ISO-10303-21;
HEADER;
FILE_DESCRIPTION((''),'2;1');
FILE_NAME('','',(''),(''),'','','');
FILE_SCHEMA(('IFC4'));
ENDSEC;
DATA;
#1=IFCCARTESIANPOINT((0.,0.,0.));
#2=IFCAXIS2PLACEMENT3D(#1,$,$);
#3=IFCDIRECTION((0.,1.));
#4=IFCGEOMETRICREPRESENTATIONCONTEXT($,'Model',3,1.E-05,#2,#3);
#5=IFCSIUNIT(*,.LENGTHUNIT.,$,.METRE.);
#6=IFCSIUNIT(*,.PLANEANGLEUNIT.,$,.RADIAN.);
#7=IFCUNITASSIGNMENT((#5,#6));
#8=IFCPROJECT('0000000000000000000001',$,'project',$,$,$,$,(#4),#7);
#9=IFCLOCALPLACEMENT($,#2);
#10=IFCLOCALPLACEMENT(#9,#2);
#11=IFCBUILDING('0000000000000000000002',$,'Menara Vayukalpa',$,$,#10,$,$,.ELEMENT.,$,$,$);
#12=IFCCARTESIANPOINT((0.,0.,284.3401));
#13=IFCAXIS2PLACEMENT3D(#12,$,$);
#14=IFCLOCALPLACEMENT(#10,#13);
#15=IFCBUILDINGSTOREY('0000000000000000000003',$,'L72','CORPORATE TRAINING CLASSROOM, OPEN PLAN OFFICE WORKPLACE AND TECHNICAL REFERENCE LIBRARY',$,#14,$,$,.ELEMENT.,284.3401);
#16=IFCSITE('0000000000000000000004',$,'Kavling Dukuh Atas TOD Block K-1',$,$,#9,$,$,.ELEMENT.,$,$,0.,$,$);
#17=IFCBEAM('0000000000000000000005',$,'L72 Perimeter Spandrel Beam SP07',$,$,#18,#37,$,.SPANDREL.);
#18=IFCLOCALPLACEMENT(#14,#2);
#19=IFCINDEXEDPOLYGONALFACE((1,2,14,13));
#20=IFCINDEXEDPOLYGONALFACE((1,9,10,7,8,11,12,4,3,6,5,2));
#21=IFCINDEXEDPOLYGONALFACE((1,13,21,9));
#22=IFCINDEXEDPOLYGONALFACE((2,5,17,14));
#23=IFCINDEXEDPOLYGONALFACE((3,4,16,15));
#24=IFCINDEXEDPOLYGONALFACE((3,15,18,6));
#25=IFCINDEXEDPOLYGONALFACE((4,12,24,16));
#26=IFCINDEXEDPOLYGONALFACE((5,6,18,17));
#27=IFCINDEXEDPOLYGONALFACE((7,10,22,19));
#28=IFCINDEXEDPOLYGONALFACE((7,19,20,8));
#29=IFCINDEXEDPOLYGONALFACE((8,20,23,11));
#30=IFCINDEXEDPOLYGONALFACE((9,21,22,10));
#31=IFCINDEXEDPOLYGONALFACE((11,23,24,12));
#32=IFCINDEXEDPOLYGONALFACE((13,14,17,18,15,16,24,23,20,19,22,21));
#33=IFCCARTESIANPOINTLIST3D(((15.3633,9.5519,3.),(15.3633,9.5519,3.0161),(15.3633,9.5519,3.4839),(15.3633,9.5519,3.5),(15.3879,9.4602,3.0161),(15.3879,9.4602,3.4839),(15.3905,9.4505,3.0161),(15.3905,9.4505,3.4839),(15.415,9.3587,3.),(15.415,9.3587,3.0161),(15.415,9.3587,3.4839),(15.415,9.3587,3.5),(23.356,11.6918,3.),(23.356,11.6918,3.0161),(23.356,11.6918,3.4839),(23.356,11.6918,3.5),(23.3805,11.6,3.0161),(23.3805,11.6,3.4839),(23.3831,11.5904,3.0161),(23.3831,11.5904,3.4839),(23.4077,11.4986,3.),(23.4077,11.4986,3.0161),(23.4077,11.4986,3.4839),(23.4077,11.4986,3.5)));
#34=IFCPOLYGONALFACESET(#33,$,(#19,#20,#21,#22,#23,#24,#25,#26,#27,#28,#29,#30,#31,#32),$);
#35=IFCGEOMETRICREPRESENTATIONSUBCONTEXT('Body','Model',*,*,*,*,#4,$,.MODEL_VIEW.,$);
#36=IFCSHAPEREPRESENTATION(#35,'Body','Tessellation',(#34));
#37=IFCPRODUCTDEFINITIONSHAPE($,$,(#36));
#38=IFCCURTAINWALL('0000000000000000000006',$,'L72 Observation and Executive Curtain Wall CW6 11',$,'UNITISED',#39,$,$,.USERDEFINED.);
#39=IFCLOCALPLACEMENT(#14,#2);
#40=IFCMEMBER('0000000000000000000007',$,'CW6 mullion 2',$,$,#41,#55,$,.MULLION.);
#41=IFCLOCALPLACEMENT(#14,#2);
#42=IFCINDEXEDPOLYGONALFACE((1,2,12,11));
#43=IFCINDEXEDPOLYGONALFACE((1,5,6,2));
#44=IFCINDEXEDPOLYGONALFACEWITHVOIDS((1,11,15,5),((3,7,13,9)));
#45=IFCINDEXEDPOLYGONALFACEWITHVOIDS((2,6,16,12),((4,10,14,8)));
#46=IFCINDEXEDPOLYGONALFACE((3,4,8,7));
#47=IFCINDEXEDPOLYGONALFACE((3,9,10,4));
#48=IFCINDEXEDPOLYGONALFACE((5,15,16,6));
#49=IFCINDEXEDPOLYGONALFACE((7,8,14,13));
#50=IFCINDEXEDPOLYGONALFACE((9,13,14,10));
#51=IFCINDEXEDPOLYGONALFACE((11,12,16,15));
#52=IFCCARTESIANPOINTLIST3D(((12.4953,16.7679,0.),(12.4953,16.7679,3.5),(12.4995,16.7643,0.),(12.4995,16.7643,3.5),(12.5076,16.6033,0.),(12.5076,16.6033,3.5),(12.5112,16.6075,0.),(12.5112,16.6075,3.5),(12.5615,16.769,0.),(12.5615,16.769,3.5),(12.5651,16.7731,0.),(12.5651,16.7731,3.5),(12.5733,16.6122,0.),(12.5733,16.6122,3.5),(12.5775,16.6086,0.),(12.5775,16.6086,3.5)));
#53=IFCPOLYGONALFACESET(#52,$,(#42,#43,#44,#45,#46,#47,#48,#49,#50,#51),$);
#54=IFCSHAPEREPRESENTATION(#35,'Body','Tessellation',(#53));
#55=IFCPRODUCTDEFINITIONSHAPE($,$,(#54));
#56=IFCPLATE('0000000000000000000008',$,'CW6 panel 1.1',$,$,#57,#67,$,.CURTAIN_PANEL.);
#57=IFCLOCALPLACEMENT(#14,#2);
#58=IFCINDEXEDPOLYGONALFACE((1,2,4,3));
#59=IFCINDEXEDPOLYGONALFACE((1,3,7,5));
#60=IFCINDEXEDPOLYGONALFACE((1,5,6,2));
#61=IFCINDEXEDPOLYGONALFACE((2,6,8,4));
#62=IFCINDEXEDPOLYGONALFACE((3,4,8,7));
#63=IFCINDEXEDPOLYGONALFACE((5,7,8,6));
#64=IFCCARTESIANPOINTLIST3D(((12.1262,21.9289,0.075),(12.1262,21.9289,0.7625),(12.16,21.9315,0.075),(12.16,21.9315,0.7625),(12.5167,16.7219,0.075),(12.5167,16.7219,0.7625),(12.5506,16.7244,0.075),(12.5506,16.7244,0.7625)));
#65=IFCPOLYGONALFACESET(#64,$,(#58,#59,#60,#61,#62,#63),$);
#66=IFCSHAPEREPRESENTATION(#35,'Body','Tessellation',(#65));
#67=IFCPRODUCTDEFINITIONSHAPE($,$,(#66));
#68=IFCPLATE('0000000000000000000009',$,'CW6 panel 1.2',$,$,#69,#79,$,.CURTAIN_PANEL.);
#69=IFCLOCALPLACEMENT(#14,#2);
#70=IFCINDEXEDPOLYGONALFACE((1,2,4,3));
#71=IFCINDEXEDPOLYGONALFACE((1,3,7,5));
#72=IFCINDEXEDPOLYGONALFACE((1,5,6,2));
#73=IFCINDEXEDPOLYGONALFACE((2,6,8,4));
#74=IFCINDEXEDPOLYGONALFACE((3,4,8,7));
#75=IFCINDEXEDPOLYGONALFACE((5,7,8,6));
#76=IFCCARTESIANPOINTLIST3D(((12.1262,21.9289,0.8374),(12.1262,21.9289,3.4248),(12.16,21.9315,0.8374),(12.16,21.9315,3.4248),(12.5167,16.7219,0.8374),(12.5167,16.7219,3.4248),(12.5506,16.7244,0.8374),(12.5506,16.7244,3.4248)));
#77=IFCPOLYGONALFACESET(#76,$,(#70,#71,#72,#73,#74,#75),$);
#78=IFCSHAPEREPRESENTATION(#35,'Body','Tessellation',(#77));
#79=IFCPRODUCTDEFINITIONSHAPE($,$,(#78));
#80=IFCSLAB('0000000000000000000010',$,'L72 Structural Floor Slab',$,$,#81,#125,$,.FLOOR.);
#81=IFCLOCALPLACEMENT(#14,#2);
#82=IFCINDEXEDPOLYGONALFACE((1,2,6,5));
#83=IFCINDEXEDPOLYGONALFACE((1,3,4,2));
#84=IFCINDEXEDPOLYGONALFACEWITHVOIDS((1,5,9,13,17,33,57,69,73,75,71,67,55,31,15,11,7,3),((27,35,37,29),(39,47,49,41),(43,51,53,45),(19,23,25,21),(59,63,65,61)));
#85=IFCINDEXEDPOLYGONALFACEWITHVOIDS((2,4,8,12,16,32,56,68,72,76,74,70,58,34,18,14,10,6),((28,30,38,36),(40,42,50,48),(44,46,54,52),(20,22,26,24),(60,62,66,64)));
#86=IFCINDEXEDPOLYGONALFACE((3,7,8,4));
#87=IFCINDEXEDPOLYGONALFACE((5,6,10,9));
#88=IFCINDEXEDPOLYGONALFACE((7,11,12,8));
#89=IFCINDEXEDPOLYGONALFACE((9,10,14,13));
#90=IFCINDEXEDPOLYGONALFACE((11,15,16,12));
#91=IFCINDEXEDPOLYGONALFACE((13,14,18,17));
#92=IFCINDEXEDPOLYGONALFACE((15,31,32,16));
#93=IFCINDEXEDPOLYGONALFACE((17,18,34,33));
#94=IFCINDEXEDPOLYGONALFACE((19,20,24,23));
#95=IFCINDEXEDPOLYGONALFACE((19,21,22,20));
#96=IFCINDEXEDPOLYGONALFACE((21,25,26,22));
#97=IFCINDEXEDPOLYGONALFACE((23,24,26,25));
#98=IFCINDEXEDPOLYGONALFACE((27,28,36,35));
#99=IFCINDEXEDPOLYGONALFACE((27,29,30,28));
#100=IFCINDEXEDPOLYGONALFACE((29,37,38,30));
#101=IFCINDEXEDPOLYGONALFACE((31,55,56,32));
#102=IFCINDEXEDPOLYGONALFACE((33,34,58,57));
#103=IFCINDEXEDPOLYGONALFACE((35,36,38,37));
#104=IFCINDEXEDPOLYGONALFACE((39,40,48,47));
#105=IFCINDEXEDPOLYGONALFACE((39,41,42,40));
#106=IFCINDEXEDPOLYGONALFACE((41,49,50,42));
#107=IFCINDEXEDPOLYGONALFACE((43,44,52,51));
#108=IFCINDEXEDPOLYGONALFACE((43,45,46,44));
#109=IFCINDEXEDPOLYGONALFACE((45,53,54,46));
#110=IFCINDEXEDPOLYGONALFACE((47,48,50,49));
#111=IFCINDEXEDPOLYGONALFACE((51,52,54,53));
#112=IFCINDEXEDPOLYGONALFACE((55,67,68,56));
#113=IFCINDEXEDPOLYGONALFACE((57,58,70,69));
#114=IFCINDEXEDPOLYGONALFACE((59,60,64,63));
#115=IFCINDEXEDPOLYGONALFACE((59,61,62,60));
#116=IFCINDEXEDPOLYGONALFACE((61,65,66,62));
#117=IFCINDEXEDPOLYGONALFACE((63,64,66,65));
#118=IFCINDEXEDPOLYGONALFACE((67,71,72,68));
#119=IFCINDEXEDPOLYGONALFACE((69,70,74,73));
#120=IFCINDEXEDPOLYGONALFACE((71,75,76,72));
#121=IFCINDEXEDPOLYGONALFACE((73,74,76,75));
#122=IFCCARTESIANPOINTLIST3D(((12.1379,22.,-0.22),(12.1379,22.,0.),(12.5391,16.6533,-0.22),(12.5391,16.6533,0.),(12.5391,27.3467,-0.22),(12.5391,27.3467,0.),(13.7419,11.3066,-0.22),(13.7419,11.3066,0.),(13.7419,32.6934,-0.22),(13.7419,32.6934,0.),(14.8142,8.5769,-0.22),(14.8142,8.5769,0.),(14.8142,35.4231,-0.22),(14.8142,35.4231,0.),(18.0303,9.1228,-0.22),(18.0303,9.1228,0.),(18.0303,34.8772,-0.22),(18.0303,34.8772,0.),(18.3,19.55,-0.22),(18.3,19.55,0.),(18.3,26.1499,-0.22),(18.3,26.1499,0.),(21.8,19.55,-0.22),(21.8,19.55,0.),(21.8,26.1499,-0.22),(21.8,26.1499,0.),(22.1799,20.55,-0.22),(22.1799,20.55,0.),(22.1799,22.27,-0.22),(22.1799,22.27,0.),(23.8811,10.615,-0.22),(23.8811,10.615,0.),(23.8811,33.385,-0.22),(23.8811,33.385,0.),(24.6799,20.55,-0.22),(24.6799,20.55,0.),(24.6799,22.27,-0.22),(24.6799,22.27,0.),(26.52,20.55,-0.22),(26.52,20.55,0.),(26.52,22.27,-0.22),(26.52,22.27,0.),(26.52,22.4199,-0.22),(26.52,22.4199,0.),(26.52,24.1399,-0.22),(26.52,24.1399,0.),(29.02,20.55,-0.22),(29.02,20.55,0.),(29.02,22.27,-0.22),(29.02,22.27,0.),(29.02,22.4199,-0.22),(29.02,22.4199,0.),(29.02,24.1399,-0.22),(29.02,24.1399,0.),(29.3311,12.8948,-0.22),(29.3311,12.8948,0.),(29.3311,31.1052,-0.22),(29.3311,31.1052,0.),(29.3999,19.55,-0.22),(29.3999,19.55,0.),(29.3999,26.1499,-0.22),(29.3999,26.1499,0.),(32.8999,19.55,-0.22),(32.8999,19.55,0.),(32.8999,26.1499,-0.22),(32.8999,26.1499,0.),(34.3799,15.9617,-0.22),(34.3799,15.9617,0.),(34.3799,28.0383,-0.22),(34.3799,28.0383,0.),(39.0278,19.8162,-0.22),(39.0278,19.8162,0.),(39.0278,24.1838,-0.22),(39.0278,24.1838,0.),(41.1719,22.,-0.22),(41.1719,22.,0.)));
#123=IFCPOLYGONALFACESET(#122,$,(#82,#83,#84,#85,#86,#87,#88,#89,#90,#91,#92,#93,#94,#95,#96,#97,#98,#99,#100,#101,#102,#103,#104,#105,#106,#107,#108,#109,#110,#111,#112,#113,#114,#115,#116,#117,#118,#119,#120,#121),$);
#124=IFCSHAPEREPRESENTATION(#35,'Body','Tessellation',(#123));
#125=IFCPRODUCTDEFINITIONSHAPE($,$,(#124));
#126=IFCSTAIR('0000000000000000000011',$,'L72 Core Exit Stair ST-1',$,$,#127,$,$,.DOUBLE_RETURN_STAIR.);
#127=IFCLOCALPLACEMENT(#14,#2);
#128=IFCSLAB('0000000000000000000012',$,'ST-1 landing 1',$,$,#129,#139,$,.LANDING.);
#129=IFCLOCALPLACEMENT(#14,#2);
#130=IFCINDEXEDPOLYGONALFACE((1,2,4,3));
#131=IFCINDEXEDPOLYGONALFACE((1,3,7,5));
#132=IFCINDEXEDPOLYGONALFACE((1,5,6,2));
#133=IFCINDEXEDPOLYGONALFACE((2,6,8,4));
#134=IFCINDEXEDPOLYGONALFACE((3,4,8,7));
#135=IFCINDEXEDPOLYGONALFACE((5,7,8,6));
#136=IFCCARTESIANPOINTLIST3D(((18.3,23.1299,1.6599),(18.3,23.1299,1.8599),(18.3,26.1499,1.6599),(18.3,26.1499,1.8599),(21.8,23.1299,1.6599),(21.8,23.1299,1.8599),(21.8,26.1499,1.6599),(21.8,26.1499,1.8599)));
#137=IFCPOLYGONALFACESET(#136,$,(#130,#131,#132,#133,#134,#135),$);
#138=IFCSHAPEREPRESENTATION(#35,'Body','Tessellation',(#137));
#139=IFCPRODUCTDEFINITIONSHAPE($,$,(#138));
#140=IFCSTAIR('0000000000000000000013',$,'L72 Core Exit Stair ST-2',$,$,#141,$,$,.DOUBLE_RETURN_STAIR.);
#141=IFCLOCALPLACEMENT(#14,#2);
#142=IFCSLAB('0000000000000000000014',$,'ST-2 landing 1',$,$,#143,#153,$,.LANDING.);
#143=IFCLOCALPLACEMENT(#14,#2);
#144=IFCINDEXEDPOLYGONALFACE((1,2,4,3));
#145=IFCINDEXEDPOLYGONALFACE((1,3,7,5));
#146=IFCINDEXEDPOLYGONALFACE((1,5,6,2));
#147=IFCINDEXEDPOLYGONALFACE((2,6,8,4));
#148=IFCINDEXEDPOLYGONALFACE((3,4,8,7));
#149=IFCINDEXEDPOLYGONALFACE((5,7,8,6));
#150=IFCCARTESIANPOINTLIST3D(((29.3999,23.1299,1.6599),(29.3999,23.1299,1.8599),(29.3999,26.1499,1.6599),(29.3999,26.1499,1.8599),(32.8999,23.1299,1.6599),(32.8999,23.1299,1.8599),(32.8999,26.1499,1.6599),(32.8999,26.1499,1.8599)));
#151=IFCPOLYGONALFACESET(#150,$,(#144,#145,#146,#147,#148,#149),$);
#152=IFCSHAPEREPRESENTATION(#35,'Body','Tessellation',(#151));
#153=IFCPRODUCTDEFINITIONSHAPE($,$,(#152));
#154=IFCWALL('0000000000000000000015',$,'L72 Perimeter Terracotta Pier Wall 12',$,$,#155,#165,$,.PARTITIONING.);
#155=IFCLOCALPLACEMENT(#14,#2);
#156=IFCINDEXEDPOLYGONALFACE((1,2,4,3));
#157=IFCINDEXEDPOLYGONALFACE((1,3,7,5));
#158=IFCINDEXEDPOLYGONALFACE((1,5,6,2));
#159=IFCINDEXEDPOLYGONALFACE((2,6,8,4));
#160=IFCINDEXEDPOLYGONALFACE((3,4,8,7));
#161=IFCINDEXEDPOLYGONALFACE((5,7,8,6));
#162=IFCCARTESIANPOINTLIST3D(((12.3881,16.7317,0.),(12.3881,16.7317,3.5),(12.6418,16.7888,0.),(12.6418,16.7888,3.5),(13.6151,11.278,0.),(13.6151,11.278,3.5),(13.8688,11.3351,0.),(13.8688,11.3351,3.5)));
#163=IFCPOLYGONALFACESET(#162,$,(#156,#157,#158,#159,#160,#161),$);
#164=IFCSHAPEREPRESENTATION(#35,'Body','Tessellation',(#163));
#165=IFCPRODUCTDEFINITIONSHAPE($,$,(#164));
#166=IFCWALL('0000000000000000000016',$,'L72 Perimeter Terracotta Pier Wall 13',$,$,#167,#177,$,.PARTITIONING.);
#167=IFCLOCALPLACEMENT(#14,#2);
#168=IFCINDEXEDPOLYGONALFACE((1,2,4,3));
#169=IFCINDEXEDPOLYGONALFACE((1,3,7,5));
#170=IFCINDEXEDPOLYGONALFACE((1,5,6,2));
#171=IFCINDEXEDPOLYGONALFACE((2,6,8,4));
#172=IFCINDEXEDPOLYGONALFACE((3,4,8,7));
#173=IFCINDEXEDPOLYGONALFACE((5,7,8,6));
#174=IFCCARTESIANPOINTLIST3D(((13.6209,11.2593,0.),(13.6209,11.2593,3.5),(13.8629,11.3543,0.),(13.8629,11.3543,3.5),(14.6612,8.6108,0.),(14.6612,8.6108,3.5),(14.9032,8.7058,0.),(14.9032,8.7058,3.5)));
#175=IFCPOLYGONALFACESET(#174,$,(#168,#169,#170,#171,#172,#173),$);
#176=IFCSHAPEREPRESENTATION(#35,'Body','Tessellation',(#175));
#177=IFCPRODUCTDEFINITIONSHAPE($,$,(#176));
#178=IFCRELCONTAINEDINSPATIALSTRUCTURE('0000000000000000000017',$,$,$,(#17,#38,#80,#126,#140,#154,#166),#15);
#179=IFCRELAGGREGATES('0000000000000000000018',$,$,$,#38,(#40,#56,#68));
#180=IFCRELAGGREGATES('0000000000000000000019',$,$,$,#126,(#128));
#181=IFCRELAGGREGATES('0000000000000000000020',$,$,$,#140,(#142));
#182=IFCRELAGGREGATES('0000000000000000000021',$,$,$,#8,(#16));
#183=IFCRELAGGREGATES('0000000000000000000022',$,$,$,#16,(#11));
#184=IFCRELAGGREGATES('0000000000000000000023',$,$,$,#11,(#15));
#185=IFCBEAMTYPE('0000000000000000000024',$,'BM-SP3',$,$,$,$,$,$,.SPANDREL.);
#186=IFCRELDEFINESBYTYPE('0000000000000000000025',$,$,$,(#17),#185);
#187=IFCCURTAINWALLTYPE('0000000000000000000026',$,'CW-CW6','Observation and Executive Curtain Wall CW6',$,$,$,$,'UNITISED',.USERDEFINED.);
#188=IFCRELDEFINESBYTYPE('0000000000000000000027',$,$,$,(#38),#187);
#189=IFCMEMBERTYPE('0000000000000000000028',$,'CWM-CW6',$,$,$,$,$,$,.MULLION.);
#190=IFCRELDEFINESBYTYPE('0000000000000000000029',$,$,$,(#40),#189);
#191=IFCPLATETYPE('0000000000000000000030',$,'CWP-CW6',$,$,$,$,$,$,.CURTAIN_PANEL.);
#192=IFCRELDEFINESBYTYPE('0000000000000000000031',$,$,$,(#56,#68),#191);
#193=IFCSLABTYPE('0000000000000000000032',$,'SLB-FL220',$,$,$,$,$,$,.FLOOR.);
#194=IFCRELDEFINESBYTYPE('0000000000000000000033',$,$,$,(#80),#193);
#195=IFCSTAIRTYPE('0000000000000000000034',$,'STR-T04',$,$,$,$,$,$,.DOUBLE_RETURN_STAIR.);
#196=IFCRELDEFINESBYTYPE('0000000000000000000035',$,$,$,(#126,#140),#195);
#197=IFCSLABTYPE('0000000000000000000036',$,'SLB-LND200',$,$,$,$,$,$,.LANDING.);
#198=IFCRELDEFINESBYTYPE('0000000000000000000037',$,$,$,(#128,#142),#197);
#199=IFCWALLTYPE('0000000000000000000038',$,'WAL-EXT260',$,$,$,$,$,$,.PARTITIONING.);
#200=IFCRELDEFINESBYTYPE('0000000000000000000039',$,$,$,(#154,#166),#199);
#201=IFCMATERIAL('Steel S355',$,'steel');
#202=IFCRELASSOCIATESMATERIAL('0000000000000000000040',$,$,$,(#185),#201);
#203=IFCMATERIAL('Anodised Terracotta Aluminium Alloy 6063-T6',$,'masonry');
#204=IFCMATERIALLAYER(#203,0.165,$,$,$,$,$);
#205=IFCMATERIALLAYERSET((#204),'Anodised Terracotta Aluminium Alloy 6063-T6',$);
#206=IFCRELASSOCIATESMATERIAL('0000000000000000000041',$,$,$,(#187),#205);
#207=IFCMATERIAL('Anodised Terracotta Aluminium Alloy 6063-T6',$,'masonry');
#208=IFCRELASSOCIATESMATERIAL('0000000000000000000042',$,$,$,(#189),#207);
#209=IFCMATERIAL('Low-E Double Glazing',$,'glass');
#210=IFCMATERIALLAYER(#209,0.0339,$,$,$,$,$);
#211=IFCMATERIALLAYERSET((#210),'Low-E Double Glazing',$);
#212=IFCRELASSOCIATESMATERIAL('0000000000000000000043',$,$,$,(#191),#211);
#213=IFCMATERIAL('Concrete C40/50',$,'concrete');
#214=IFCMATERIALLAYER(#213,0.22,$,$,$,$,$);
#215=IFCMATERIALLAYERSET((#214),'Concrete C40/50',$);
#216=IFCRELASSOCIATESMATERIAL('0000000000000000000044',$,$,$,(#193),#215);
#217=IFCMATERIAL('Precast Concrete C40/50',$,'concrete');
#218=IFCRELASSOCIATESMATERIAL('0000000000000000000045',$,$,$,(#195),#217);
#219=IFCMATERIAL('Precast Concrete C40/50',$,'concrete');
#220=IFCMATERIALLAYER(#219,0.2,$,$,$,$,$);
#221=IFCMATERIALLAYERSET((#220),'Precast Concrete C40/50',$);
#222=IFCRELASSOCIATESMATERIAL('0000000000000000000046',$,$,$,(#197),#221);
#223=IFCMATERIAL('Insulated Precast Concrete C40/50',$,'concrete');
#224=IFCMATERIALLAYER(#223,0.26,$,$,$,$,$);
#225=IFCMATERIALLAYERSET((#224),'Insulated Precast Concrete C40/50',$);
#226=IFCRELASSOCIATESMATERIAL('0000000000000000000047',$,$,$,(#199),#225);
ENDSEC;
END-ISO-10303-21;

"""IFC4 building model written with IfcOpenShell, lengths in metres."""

from ifc_helpers import new_model, si_unit, direction, frame, frame_2d, origin, origin_2d, place, context, subcontext, project, spatial, polyline, rectangle, hollow_rectangle, i_section, outline, extrude, material, layer, layer_set, material_profile, profile_set, type_object, element, aggregate, save


model = new_model("IFC4")

# Units and contexts
model_context = context("Model", 3, precision=1e-05, world=origin(), true_north=direction((0.0, 1.0)))
body_context = subcontext(model_context, "Body", "Model", "MODEL_VIEW")
ifc_project = project(units=[si_unit("LENGTHUNIT", "METRE"), si_unit("PLANEANGLEUNIT", "RADIAN")], contexts=[model_context])

# Site, building, storey
site_placement = place(None, origin())
site = spatial("IfcSite", under=ifc_project, at=site_placement, Name="Kavling Dukuh Atas TOD Block K-1", CompositionType="ELEMENT", RefElevation=0.0)
building_placement = place(site_placement, origin())
building = spatial("IfcBuilding", under=site, at=building_placement, Name="Menara Vayukalpa", CompositionType="ELEMENT")
storey_placement = place(building_placement, frame((0.0, 0.0, 284.3401)))
storey = spatial("IfcBuildingStorey", under=building, at=storey_placement, Name="L72", Description="CORPORATE TRAINING CLASSROOM, OPEN PLAN OFFICE WORKPLACE AND TECHNICAL REFERENCE LIBRARY", CompositionType="ELEMENT", Elevation=284.3401)

# Beam
ifc_material_1 = material(Name="Steel S355", Category="steel")
ifc_material_profile_1 = material_profile(ifc_material_1, i_section(OverallWidth=0.2, OverallDepth=0.5, WebThickness=0.01, FlangeThickness=0.0161, at=origin_2d()), Name="WF 500x200x10x16")
ifc_profile_set_1 = profile_set([ifc_material_profile_1], Name="Steel S355")
beam_type_1 = type_object("IfcBeamType", Name="BM-SP3", PredefinedType="SPANDREL", material=ifc_profile_set_1)
beam_1_placement = place(storey_placement, frame((15.3892, 9.4553, 3.25), z_axis=(0.965978, 0.258623, 0.0), x_axis=(-0.258623, 0.965978, 0.0)))
element("IfcBeam", 1, at=beam_1_placement, inside=storey, type_object=beam_type_1, Name="L72 Perimeter Spandrel Beam SP07", PredefinedType="SPANDREL", context=body_context, shape_type="SweptSolid", body=[
    extrude(i_section(OverallWidth=0.2, OverallDepth=0.5, WebThickness=0.01, FlangeThickness=0.0161, at=origin_2d()), origin(), (0.0, 0.0, 1.0), 8.2742),
])

# Curtain wall, member, plates
ifc_material_2 = material(Name="Anodised Terracotta Aluminium Alloy 6063-T6", Category="masonry")
ifc_layer_1 = layer(ifc_material_2, 0.165)
ifc_layer_set_1 = layer_set([ifc_layer_1], Name="Anodised Terracotta Aluminium Alloy 6063-T6")
curtain_wall_type = type_object("IfcCurtainWallType", Name="CW-CW6", Description="Observation and Executive Curtain Wall CW6", ElementType="UNITISED", PredefinedType="USERDEFINED", material=ifc_layer_set_1)
curtain_wall_placement = place(storey_placement, origin())
curtain_wall = element("IfcCurtainWall", 2, at=curtain_wall_placement, inside=storey, type_object=curtain_wall_type, Name="L72 Observation and Executive Curtain Wall CW6 11", ObjectType="UNITISED", PredefinedType="USERDEFINED")
ifc_material_3 = material(Name="Anodised Terracotta Aluminium Alloy 6063-T6", Category="masonry")
ifc_material_profile_2 = material_profile(ifc_material_3, hollow_rectangle(XDim=0.0701, YDim=0.165, WallThickness=0.0039, at=origin_2d()), Name="ALU 70x165x4")
ifc_profile_set_2 = profile_set([ifc_material_profile_2], Name="Anodised Terracotta Aluminium Alloy 6063-T6")
member_type = type_object("IfcMemberType", Name="CWM-CW6", PredefinedType="MULLION", material=ifc_profile_set_2)
member_placement = place(storey_placement, frame((12.5364, 16.6882, 0.0), z_axis=(0.0, 0.0, 1.0), x_axis=(0.997199, 0.074789, 0.0)))
member = element("IfcMember", 3, at=member_placement, type_object=member_type, Name="CW6 mullion 2", PredefinedType="MULLION", context=body_context, shape_type="SweptSolid", body=[
    extrude(hollow_rectangle(XDim=0.0701, YDim=0.165, WallThickness=0.0039, at=origin_2d()), origin(), (0.0, 0.0, 1.0), 3.5),
])
ifc_material_4 = material(Name="Low-E Double Glazing", Category="glass")
ifc_layer_2 = layer(ifc_material_4, 0.0339)
ifc_layer_set_2 = layer_set([ifc_layer_2], Name="Low-E Double Glazing")
plate_type = type_object("IfcPlateType", Name="CWP-CW6", PredefinedType="CURTAIN_PANEL", material=ifc_layer_set_2)
plate_1_placement = place(storey_placement, frame((12.3384, 19.3267, 0.075), z_axis=(0.0, 0.0, 1.0), x_axis=(0.074789, -0.997199, 0.0)))
plate_1 = element("IfcPlate", 4, at=plate_1_placement, type_object=plate_type, Name="CW6 panel 1.1", PredefinedType="CURTAIN_PANEL", context=body_context, shape_type="SweptSolid", body=[
    extrude(rectangle(XDim=5.2217, YDim=0.0339, at=origin_2d()), origin(), (0.0, 0.0, 1.0), 0.6875),
])
plate_2_placement = place(storey_placement, frame((12.3384, 19.3267, 0.8374), z_axis=(0.0, 0.0, 1.0), x_axis=(0.074789, -0.997199, 0.0)))
plate_2 = element("IfcPlate", 5, at=plate_2_placement, type_object=plate_type, Name="CW6 panel 1.2", PredefinedType="CURTAIN_PANEL", context=body_context, shape_type="SweptSolid", body=[
    extrude(rectangle(XDim=5.2217, YDim=0.0339, at=origin_2d()), origin(), (0.0, 0.0, 1.0), 2.5874),
])
aggregate(curtain_wall, [member, plate_1, plate_2])

# Slab
ifc_material_5 = material(Name="Concrete C40/50", Category="concrete")
ifc_layer_3 = layer(ifc_material_5, 0.22)
ifc_layer_set_3 = layer_set([ifc_layer_3], Name="Concrete C40/50")
slab_type_1 = type_object("IfcSlabType", Name="SLB-FL220", PredefinedType="FLOOR", material=ifc_layer_set_3)
slab_1_placement = place(storey_placement, frame((0.0, 0.0, -0.22)))
element("IfcSlab", 6, at=slab_1_placement, inside=storey, type_object=slab_type_1, Name="L72 Structural Floor Slab", PredefinedType="FLOOR", context=body_context, shape_type="SweptSolid", body=[
    extrude(outline(polyline([(39.0278, 19.8162), (41.1719, 22.0), (39.0278, 24.1838), (34.3799, 28.0383), (29.3311, 31.1052), (23.8811, 33.385), (18.0303, 34.8772), (14.8142, 35.4231), (13.7419, 32.6934), (12.5391, 27.3467), (12.1379, 22.0), (12.5391, 16.6533), (13.7419, 11.3066), (14.8142, 8.5769), (18.0303, 9.1228), (23.8811, 10.615), (29.3311, 12.8948), (34.3799, 15.9617), (39.0278, 19.8162)]), holes=[polyline([(21.8, 19.55), (21.8, 26.1499), (18.3, 26.1499), (18.3, 19.55), (21.8, 19.55)]), polyline([(32.8999, 19.55), (32.8999, 26.1499), (29.3999, 26.1499), (29.3999, 19.55), (32.8999, 19.55)]), polyline([(22.1799, 20.55), (24.6799, 20.55), (24.6799, 22.27), (22.1799, 22.27), (22.1799, 20.55)]), polyline([(26.52, 20.55), (29.02, 20.55), (29.02, 22.27), (26.52, 22.27), (26.52, 20.55)]), polyline([(26.52, 22.4199), (29.02, 22.4199), (29.02, 24.1399), (26.52, 24.1399), (26.52, 22.4199)])]), origin(), (0.0, 0.0, 1.0), 0.22),
])

# Stairs, slabs
ifc_material_6 = material(Name="Precast Concrete C40/50", Category="concrete")
stair_type = type_object("IfcStairType", Name="STR-T04", PredefinedType="DOUBLE_RETURN_STAIR", material=ifc_material_6)
stair_1_placement = place(storey_placement, origin())
stair_1 = element("IfcStair", 7, at=stair_1_placement, inside=storey, type_object=stair_type, Name="L72 Core Exit Stair ST-1", PredefinedType="DOUBLE_RETURN_STAIR")
ifc_material_7 = material(Name="Precast Concrete C40/50", Category="concrete")
ifc_layer_4 = layer(ifc_material_7, 0.2)
ifc_layer_set_4 = layer_set([ifc_layer_4], Name="Precast Concrete C40/50")
slab_type_2 = type_object("IfcSlabType", Name="SLB-LND200", PredefinedType="LANDING", material=ifc_layer_set_4)
slab_2_placement = place(storey_placement, frame((0.0, 0.0, 1.6599)))
slab_2 = element("IfcSlab", 8, at=slab_2_placement, type_object=slab_type_2, Name="ST-1 landing 1", PredefinedType="LANDING", context=body_context, shape_type="SweptSolid", body=[
    extrude(outline(polyline([(21.8, 23.1299), (21.8, 26.1499), (18.3, 26.1499), (18.3, 23.1299), (21.8, 23.1299)])), origin(), (0.0, 0.0, 1.0), 0.2),
])
aggregate(stair_1, [slab_2])
stair_2_placement = place(storey_placement, origin())
stair_2 = element("IfcStair", 9, at=stair_2_placement, inside=storey, type_object=stair_type, Name="L72 Core Exit Stair ST-2", PredefinedType="DOUBLE_RETURN_STAIR")
slab_3_placement = place(storey_placement, frame((0.0, 0.0, 1.6599)))
slab_3 = element("IfcSlab", 10, at=slab_3_placement, type_object=slab_type_2, Name="ST-2 landing 1", PredefinedType="LANDING", context=body_context, shape_type="SweptSolid", body=[
    extrude(outline(polyline([(32.8999, 23.1299), (32.8999, 26.1499), (29.3999, 26.1499), (29.3999, 23.1299), (32.8999, 23.1299)])), origin(), (0.0, 0.0, 1.0), 0.2),
])
aggregate(stair_2, [slab_3])

# Walls
ifc_material_8 = material(Name="Insulated Precast Concrete C40/50", Category="concrete")
ifc_layer_5 = layer(ifc_material_8, 0.26)
ifc_layer_set_5 = layer_set([ifc_layer_5], Name="Insulated Precast Concrete C40/50")
wall_type_1 = type_object("IfcWallType", Name="WAL-EXT260", PredefinedType="PARTITIONING", material=ifc_layer_set_5)
wall_1_placement = place(storey_placement, frame((13.7419, 11.3066, 0.0), z_axis=(0.0, 0.0, 1.0), x_axis=(-0.219501, 0.975612, 0.0)))
element("IfcWall", 11, at=wall_1_placement, inside=storey, type_object=wall_type_1, Name="L72 Perimeter Terracotta Pier Wall 12", PredefinedType="PARTITIONING", context=body_context, shape_type="SweptSolid", body=[
    extrude(rectangle(XDim=5.5901, YDim=0.26, at=frame_2d((2.7949, 0.0))), origin(), (0.0, 0.0, 1.0), 3.5),
])
wall_2_placement = place(storey_placement, frame((14.7822, 8.6582, 0.0), z_axis=(0.0, 0.0, 1.0), x_axis=(-0.365599, 0.930772, 0.0)))
element("IfcWall", 12, at=wall_2_placement, inside=storey, type_object=wall_type_1, Name="L72 Perimeter Terracotta Pier Wall 13", PredefinedType="PARTITIONING", context=body_context, shape_type="SweptSolid", body=[
    extrude(rectangle(XDim=2.8455, YDim=0.26, at=frame_2d((1.4229, 0.0))), origin(), (0.0, 0.0, 1.0), 3.5),
])

save(model, "model.ifc")
